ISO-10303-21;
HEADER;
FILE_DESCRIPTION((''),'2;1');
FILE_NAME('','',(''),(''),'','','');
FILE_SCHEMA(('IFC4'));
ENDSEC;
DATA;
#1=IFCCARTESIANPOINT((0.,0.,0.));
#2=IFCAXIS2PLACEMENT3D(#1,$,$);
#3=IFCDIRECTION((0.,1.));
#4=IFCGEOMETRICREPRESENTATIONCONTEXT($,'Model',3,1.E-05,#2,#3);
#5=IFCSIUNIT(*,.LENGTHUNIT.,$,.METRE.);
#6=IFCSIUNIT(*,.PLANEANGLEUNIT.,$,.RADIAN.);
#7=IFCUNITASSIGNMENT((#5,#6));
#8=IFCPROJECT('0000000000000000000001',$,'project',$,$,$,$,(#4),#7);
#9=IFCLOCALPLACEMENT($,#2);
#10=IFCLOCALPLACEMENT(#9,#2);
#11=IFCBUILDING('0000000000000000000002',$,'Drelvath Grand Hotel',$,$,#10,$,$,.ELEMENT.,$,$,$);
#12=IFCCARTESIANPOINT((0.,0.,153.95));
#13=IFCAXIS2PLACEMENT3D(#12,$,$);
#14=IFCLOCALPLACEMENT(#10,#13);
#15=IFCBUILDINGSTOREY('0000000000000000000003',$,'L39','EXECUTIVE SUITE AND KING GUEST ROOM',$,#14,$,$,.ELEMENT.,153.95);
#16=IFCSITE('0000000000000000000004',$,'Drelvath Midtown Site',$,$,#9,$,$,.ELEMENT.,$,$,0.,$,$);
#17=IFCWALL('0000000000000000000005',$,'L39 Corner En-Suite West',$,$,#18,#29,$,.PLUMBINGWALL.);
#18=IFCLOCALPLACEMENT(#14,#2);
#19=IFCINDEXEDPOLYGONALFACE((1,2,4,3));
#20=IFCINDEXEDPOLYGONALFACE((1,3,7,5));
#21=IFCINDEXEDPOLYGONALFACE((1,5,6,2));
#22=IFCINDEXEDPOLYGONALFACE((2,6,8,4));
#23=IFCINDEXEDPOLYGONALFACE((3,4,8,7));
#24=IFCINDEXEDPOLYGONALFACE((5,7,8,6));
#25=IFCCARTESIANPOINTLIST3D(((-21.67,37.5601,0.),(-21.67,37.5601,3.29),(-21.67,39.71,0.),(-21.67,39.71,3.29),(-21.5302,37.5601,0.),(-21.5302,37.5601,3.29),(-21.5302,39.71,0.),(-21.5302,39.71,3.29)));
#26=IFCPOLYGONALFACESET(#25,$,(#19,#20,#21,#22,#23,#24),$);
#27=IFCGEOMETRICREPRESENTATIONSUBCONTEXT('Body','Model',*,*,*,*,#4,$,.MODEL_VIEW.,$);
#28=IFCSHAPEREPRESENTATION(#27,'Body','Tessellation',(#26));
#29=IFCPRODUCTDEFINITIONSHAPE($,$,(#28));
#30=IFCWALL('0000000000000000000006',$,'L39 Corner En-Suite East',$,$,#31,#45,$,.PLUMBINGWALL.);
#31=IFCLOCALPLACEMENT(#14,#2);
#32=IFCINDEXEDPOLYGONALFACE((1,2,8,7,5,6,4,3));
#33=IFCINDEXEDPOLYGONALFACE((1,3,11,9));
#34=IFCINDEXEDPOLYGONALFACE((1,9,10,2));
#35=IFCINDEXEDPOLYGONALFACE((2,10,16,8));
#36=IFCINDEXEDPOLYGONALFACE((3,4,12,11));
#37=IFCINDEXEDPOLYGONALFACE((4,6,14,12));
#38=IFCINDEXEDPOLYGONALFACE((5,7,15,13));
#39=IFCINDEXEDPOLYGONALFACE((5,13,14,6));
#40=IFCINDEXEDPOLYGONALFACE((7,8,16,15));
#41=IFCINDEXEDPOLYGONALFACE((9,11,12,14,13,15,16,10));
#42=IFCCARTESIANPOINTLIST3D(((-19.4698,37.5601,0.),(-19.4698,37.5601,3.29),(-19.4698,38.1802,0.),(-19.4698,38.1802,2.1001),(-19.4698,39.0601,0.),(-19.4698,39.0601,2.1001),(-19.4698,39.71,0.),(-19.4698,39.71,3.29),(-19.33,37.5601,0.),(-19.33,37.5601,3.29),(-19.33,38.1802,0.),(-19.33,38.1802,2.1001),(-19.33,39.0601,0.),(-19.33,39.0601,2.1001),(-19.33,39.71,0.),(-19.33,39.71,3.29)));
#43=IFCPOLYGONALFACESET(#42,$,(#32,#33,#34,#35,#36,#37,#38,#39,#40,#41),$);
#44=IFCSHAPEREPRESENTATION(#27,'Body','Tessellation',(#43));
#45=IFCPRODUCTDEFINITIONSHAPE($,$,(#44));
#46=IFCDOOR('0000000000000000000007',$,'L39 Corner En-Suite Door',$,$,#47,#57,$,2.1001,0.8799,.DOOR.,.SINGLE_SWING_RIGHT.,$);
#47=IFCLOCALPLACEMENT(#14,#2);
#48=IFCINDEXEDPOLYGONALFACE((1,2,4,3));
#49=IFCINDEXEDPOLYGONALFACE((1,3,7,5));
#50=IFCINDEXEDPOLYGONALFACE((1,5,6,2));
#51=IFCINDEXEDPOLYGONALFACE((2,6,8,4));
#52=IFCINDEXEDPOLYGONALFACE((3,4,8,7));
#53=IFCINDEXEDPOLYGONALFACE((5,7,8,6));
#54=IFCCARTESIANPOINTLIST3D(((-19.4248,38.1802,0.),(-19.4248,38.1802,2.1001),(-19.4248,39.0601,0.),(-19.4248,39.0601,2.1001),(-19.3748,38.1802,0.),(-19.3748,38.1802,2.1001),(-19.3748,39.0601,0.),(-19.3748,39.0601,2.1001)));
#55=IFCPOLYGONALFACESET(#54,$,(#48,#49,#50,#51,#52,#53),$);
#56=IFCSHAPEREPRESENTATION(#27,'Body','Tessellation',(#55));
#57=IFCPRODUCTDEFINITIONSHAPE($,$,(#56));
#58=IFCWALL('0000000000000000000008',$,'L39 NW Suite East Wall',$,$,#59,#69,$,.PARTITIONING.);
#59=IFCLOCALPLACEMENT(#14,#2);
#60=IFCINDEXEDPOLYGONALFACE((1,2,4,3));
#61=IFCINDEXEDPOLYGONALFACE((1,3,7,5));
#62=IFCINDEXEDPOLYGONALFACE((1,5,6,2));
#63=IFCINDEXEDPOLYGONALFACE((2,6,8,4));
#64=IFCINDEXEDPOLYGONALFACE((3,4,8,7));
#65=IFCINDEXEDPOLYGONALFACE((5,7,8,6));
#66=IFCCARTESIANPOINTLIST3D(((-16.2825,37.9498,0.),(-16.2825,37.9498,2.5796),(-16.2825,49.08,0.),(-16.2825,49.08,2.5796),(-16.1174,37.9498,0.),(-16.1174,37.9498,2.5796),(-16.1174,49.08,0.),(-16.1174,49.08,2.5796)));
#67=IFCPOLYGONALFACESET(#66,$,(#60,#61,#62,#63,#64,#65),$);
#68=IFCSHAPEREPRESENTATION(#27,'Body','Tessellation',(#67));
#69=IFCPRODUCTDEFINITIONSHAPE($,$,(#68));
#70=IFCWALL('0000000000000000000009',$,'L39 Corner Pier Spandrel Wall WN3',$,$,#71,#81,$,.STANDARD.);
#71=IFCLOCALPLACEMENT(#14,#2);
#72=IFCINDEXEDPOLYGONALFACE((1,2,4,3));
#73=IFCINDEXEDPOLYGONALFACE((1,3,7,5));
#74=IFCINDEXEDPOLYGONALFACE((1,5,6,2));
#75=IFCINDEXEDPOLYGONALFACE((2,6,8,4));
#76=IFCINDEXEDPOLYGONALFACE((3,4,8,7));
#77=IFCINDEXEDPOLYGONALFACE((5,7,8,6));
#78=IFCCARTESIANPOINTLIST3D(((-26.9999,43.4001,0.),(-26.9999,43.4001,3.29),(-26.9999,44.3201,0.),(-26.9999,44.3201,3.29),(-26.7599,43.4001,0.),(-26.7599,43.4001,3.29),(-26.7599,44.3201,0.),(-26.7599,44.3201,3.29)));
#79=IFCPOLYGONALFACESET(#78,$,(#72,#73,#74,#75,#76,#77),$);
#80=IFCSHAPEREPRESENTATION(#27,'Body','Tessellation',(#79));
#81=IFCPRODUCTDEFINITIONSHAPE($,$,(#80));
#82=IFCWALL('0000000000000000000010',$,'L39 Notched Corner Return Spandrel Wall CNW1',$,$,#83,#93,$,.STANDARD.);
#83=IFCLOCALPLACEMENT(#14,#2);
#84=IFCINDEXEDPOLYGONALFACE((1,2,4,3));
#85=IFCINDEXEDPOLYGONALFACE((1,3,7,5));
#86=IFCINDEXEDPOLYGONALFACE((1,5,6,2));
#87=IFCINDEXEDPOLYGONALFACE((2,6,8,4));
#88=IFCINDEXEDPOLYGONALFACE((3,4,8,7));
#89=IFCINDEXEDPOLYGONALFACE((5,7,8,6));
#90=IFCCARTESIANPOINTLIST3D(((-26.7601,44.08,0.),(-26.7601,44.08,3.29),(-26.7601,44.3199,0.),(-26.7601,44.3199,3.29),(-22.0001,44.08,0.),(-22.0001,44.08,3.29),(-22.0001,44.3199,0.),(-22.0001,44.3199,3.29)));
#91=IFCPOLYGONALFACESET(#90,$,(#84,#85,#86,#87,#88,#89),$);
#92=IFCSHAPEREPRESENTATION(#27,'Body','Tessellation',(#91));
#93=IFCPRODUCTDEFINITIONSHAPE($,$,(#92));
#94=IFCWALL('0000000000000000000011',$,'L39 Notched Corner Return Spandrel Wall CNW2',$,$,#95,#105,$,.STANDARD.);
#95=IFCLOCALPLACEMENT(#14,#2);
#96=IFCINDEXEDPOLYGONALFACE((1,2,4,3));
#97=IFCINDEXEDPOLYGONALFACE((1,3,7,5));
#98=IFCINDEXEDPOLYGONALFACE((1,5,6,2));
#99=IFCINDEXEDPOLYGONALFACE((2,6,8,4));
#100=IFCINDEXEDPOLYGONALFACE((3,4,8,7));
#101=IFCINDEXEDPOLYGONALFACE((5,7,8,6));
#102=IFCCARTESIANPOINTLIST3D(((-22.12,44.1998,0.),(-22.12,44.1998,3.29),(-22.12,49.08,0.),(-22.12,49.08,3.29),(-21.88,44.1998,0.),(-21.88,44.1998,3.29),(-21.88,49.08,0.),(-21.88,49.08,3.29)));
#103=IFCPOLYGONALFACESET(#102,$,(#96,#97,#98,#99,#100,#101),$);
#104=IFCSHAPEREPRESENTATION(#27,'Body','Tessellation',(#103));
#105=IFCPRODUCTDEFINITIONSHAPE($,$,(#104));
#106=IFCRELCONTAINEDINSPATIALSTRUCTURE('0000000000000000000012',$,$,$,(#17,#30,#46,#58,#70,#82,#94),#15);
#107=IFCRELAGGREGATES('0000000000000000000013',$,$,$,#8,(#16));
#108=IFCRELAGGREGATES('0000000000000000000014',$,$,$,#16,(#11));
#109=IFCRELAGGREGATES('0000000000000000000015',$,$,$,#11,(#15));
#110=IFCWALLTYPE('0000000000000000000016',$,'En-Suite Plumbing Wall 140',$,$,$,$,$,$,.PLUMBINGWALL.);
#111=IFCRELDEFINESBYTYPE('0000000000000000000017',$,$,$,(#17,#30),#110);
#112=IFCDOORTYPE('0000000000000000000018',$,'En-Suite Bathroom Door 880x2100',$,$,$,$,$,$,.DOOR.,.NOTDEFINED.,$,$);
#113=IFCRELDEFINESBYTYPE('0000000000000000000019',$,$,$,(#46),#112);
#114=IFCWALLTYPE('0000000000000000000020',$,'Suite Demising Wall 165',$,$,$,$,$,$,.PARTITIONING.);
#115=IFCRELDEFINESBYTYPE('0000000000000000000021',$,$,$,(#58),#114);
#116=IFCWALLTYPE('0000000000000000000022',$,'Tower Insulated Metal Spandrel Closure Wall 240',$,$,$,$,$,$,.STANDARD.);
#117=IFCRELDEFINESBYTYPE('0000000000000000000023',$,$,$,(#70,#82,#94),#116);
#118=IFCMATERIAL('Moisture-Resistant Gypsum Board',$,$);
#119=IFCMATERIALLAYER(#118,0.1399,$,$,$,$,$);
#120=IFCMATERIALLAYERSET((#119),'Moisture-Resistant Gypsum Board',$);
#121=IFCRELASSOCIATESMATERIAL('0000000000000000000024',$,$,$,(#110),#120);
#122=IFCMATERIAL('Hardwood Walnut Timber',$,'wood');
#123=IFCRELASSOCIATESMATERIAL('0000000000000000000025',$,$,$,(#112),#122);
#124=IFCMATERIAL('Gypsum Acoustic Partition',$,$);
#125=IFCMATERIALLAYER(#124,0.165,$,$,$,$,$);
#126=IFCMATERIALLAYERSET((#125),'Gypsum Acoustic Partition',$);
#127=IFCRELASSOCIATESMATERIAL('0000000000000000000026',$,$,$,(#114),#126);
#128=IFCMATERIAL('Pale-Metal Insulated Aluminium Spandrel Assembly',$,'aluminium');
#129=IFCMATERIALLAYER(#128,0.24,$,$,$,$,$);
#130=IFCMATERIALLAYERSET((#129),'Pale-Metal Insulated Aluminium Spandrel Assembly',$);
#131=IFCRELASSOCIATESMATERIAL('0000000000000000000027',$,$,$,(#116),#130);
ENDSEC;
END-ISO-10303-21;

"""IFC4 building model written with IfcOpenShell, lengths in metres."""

from ifc_helpers import new_model, si_unit, direction, frame, frame_2d, origin, place, context, subcontext, project, spatial, rectangle, extrude, material, layer, layer_set, type_object, element, fill, save


model = new_model("IFC4")

# Units and contexts
model_context = context("Model", 3, precision=1e-05, world=origin(), true_north=direction((0.0, 1.0)))
body_context = subcontext(model_context, "Body", "Model", "MODEL_VIEW")
ifc_project = project(units=[si_unit("LENGTHUNIT", "METRE"), si_unit("PLANEANGLEUNIT", "RADIAN")], contexts=[model_context])

# Site, building, storey
site_placement = place(None, origin())
site = spatial("IfcSite", under=ifc_project, at=site_placement, Name="Drelvath Midtown Site", CompositionType="ELEMENT", RefElevation=0.0)
building_placement = place(site_placement, origin())
building = spatial("IfcBuilding", under=site, at=building_placement, Name="Drelvath Grand Hotel", CompositionType="ELEMENT")
storey_placement = place(building_placement, frame((0.0, 0.0, 153.95)))
storey = spatial("IfcBuildingStorey", under=building, at=storey_placement, Name="L39", Description="EXECUTIVE SUITE AND KING GUEST ROOM", CompositionType="ELEMENT", Elevation=153.95)

# Shared definitions
ifc_material_1 = material(Name="Hardwood Walnut Timber", Category="wood")

# Wall
ifc_material_2 = material(Name="Moisture-Resistant Gypsum Board")
ifc_layer_1 = layer(ifc_material_2, 0.1399)
ifc_layer_set_1 = layer_set([ifc_layer_1], Name="Moisture-Resistant Gypsum Board")
wall_type_1 = type_object("IfcWallType", Name="En-Suite Plumbing Wall 140", PredefinedType="PLUMBINGWALL", material=ifc_layer_set_1)
wall_1_placement = place(storey_placement, frame((-21.6001, 37.5601, 0.0), z_axis=(0.0, 0.0, 1.0), x_axis=(0.0, 1.0, 0.0)))
element("IfcWall", 1, at=wall_1_placement, inside=storey, type_object=wall_type_1, Name="L39 Corner En-Suite West", PredefinedType="PLUMBINGWALL", context=body_context, shape_type="SweptSolid", body=[
    extrude(rectangle(XDim=2.1499, YDim=0.1399, at=frame_2d((1.075, 0.0))), origin(), (0.0, 0.0, 1.0), 3.29),
])

# Wall, opening, door
wall_2_placement = place(storey_placement, frame((-19.3999, 37.5601, 0.0), z_axis=(0.0, 0.0, 1.0), x_axis=(0.0, 1.0, 0.0)))
wall_2 = element("IfcWall", 2, at=wall_2_placement, inside=storey, type_object=wall_type_1, Name="L39 Corner En-Suite East", PredefinedType="PLUMBINGWALL", context=body_context, shape_type="SweptSolid", body=[
    extrude(rectangle(XDim=2.1499, YDim=0.1399, at=frame_2d((1.075, 0.0))), origin(), (0.0, 0.0, 1.0), 3.29),
])
opening_1_placement = place(wall_2_placement, frame((0.6201, 0.0, 0.0)))
opening_1 = element("IfcOpeningElement", 3, at=opening_1_placement, cuts=wall_2, PredefinedType="OPENING", context=body_context, shape_type="SweptSolid", body=[
    extrude(rectangle(XDim=0.8799, YDim=2.1001, at=frame_2d((0.4399, 1.05))), frame((0.0, 0.0798, 0.0), z_axis=(0.0, -1.0, 0.0), x_axis=(1.0, 0.0, 0.0)), (0.0, 0.0, 1.0), 0.1599),
])
door_type_1 = type_object("IfcDoorType", Name="En-Suite Bathroom Door 880x2100", OperationType="NOTDEFINED", PredefinedType="DOOR", material=ifc_material_1)
door_1_placement = place(opening_1_placement, origin())
door_1 = element("IfcDoor", 4, at=door_1_placement, inside=storey, type_object=door_type_1, Name="L39 Corner En-Suite Door", OperationType="SINGLE_SWING_RIGHT", OverallHeight=2.1001, OverallWidth=0.8799, PredefinedType="DOOR", context=body_context, shape_type="SweptSolid", body=[
    extrude(rectangle(XDim=0.8799, YDim=2.1001, at=frame_2d((0.4399, 1.05))), frame((0.0, 0.0249, 0.0), z_axis=(0.0, -1.0, 0.0), x_axis=(1.0, 0.0, 0.0)), (0.0, 0.0, 1.0), 0.05),
])
fill(opening_1, door_1)

# Walls
ifc_material_3 = material(Name="Gypsum Acoustic Partition")
ifc_layer_2 = layer(ifc_material_3, 0.165)
ifc_layer_set_2 = layer_set([ifc_layer_2], Name="Gypsum Acoustic Partition")
wall_type_2 = type_object("IfcWallType", Name="Suite Demising Wall 165", PredefinedType="PARTITIONING", material=ifc_layer_set_2)
wall_3_placement = place(storey_placement, frame((-16.2, 37.95, 0.0), z_axis=(0.0, 0.0, 1.0), x_axis=(0.0, 1.0, 0.0)))
element("IfcWall", 5, at=wall_3_placement, inside=storey, type_object=wall_type_2, Name="L39 NW Suite East Wall", PredefinedType="PARTITIONING", context=body_context, shape_type="SweptSolid", body=[
    extrude(rectangle(XDim=11.1301, YDim=0.165, at=frame_2d((5.5649, 0.0))), origin(), (0.0, 0.0, 1.0), 2.5796),
])
ifc_material_4 = material(Name="Pale-Metal Insulated Aluminium Spandrel Assembly", Category="aluminium")
ifc_layer_3 = layer(ifc_material_4, 0.24)
ifc_layer_set_3 = layer_set([ifc_layer_3], Name="Pale-Metal Insulated Aluminium Spandrel Assembly")
wall_type_3 = type_object("IfcWallType", Name="Tower Insulated Metal Spandrel Closure Wall 240", PredefinedType="STANDARD", material=ifc_layer_set_3)
wall_4_placement = place(storey_placement, frame((-26.8799, 43.4001, 0.0), z_axis=(0.0, 0.0, 1.0), x_axis=(0.0, 1.0, 0.0)))
element("IfcWall", 6, at=wall_4_placement, inside=storey, type_object=wall_type_3, Name="L39 Corner Pier Spandrel Wall WN3", PredefinedType="STANDARD", context=body_context, shape_type="SweptSolid", body=[
    extrude(rectangle(XDim=0.9199, YDim=0.24, at=frame_2d((0.46, 0.0))), origin(), (0.0, 0.0, 1.0), 3.29),
])
wall_5_placement = place(storey_placement, frame((-26.76, 44.2, 0.0), z_axis=(0.0, 0.0, 1.0), x_axis=(1.0, 0.0, 0.0)))
element("IfcWall", 7, at=wall_5_placement, inside=storey, type_object=wall_type_3, Name="L39 Notched Corner Return Spandrel Wall CNW1", PredefinedType="STANDARD", context=body_context, shape_type="SweptSolid", body=[
    extrude(rectangle(XDim=4.76, YDim=0.24, at=frame_2d((2.3799, 0.0))), origin(), (0.0, 0.0, 1.0), 3.29),
])
wall_6_placement = place(storey_placement, frame((-22.0, 44.2, 0.0), z_axis=(0.0, 0.0, 1.0), x_axis=(0.0, 1.0, 0.0)))
element("IfcWall", 8, at=wall_6_placement, inside=storey, type_object=wall_type_3, Name="L39 Notched Corner Return Spandrel Wall CNW2", PredefinedType="STANDARD", context=body_context, shape_type="SweptSolid", body=[
    extrude(rectangle(XDim=4.8801, YDim=0.24, at=frame_2d((2.4399, 0.0))), origin(), (0.0, 0.0, 1.0), 3.29),
])

save(model, "model.ifc")
